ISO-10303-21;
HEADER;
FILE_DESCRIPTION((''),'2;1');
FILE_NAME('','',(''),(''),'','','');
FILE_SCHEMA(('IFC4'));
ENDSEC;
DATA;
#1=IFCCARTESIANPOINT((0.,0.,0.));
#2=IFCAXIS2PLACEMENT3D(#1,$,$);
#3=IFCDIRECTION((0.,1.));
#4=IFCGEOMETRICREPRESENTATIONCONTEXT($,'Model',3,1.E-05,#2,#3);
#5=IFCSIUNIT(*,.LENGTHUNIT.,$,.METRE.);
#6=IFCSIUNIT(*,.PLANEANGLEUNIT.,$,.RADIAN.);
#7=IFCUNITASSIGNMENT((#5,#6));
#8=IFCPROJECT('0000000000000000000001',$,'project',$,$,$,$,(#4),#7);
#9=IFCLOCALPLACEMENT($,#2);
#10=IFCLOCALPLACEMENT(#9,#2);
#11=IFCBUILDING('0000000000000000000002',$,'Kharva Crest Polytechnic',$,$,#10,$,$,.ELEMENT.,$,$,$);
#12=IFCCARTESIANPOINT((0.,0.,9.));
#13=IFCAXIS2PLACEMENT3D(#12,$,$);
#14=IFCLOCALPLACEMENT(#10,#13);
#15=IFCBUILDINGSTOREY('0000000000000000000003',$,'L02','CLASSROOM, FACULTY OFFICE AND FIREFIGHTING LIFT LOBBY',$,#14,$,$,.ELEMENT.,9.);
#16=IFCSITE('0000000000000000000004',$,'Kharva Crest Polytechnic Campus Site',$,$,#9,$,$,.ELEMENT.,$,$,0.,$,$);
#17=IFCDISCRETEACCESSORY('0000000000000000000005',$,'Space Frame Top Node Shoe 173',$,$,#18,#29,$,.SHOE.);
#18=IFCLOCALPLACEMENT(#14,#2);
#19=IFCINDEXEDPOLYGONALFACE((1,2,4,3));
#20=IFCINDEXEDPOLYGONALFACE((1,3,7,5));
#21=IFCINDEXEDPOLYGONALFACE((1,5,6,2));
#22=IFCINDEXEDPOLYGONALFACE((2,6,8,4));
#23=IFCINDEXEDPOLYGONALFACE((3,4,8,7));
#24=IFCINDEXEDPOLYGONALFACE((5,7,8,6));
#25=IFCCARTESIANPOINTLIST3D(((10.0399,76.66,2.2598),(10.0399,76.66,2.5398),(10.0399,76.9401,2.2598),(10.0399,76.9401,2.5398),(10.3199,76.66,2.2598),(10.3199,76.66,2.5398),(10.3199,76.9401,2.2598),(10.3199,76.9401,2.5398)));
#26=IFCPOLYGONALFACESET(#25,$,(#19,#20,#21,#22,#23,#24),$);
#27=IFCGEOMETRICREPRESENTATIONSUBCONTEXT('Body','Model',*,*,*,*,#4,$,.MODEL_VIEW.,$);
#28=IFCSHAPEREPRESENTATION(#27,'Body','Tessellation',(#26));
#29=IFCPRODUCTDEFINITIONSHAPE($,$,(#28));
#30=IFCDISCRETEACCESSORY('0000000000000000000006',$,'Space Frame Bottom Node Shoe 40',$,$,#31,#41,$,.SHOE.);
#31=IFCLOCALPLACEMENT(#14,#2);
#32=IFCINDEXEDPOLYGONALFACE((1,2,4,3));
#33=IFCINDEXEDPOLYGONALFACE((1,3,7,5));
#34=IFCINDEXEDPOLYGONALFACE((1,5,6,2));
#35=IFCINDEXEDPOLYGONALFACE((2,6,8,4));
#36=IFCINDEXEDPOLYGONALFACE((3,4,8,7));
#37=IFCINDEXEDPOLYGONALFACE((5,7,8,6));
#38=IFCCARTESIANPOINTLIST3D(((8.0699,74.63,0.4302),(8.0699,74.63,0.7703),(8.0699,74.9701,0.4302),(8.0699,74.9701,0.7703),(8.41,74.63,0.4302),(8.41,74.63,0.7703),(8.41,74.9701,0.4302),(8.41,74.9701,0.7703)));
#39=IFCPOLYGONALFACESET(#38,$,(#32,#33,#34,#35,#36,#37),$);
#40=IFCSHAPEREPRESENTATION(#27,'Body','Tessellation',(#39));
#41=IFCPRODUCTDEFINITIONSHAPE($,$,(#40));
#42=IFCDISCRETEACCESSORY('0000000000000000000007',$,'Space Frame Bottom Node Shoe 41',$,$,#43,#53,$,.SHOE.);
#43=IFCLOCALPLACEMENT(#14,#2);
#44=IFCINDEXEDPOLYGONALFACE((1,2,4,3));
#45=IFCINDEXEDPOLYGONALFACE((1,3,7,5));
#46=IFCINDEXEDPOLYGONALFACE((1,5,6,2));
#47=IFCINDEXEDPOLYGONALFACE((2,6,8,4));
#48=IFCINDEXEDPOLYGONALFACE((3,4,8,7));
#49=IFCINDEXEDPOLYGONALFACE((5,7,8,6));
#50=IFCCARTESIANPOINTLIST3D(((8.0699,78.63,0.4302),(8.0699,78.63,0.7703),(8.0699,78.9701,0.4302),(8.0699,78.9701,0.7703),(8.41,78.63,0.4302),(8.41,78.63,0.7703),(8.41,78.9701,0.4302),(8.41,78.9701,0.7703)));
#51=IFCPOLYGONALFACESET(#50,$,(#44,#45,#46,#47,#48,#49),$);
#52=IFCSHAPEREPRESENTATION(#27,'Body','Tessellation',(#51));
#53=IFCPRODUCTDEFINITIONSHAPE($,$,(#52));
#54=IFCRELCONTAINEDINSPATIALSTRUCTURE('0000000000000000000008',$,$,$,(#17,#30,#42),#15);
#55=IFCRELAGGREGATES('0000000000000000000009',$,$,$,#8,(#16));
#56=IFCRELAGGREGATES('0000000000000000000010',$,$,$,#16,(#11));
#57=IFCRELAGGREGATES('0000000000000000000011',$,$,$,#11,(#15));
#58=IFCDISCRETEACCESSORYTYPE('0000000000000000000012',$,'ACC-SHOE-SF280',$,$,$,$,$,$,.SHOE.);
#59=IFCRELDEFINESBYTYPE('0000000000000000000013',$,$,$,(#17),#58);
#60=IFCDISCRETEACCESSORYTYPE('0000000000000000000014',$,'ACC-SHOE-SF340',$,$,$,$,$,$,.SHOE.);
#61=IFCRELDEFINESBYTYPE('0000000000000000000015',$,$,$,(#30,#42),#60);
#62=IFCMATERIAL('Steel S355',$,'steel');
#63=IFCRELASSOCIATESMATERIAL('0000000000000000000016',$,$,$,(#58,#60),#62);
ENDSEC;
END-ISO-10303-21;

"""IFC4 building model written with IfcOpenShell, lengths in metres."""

from ifc_helpers import new_model, si_unit, direction, frame, origin, origin_2d, place, context, subcontext, project, spatial, rectangle, extrude, material, type_object, element, save


model = new_model("IFC4")

# Units and contexts
model_context = context("Model", 3, precision=1e-05, world=origin(), true_north=direction((0.0, 1.0)))
body_context = subcontext(model_context, "Body", "Model", "MODEL_VIEW")
ifc_project = project(units=[si_unit("LENGTHUNIT", "METRE"), si_unit("PLANEANGLEUNIT", "RADIAN")], contexts=[model_context])

# Site, building, storey
site_placement = place(None, origin())
site = spatial("IfcSite", under=ifc_project, at=site_placement, Name="Kharva Crest Polytechnic Campus Site", CompositionType="ELEMENT", RefElevation=0.0)
building_placement = place(site_placement, origin())
building = spatial("IfcBuilding", under=site, at=building_placement, Name="Kharva Crest Polytechnic", CompositionType="ELEMENT")
storey_placement = place(building_placement, frame((0.0, 0.0, 9.0)))
storey = spatial("IfcBuildingStorey", under=building, at=storey_placement, Name="L02", Description="CLASSROOM, FACULTY OFFICE AND FIREFIGHTING LIFT LOBBY", CompositionType="ELEMENT", Elevation=9.0)

# Shared definitions
ifc_material_1 = material(Name="Steel S355", Category="steel")

# Discrete accessories
discrete_accessory_type_1 = type_object("IfcDiscreteAccessoryType", Name="ACC-SHOE-SF280", PredefinedType="SHOE", material=ifc_material_1)
for number, where, z_axis, x_axis, name in (
    (1, (10.1799, 76.8, 2.2598), (0.0, 0.0, 1.0), (1.0, 0.0, 0.0), "Space Frame Top Node Shoe 173"),
):
    element("IfcDiscreteAccessory", number, at=place(storey_placement, frame(where, z_axis=z_axis, x_axis=x_axis)), inside=storey, type_object=discrete_accessory_type_1, Name=name, PredefinedType="SHOE", context=body_context, shape_type="SweptSolid", body=[
        extrude(rectangle(XDim=0.28, YDim=0.28, at=origin_2d()), origin(), (0.0, 0.0, 1.0), 0.28),
    ])
discrete_accessory_type_2 = type_object("IfcDiscreteAccessoryType", Name="ACC-SHOE-SF340", PredefinedType="SHOE", material=ifc_material_1)
for number, where, z_axis, x_axis, name in (
    (2, (8.24, 74.8, 0.4302), (0.0, 0.0, 1.0), (1.0, 0.0, 0.0), "Space Frame Bottom Node Shoe 40"),
    (3, (8.24, 78.8, 0.4302), (0.0, 0.0, 1.0), (1.0, 0.0, 0.0), "Space Frame Bottom Node Shoe 41"),
):
    element("IfcDiscreteAccessory", number, at=place(storey_placement, frame(where, z_axis=z_axis, x_axis=x_axis)), inside=storey, type_object=discrete_accessory_type_2, Name=name, PredefinedType="SHOE", context=body_context, shape_type="SweptSolid", body=[
        extrude(rectangle(XDim=0.3401, YDim=0.3401, at=origin_2d()), origin(), (0.0, 0.0, 1.0), 0.3401),
    ])

save(model, "model.ifc")
